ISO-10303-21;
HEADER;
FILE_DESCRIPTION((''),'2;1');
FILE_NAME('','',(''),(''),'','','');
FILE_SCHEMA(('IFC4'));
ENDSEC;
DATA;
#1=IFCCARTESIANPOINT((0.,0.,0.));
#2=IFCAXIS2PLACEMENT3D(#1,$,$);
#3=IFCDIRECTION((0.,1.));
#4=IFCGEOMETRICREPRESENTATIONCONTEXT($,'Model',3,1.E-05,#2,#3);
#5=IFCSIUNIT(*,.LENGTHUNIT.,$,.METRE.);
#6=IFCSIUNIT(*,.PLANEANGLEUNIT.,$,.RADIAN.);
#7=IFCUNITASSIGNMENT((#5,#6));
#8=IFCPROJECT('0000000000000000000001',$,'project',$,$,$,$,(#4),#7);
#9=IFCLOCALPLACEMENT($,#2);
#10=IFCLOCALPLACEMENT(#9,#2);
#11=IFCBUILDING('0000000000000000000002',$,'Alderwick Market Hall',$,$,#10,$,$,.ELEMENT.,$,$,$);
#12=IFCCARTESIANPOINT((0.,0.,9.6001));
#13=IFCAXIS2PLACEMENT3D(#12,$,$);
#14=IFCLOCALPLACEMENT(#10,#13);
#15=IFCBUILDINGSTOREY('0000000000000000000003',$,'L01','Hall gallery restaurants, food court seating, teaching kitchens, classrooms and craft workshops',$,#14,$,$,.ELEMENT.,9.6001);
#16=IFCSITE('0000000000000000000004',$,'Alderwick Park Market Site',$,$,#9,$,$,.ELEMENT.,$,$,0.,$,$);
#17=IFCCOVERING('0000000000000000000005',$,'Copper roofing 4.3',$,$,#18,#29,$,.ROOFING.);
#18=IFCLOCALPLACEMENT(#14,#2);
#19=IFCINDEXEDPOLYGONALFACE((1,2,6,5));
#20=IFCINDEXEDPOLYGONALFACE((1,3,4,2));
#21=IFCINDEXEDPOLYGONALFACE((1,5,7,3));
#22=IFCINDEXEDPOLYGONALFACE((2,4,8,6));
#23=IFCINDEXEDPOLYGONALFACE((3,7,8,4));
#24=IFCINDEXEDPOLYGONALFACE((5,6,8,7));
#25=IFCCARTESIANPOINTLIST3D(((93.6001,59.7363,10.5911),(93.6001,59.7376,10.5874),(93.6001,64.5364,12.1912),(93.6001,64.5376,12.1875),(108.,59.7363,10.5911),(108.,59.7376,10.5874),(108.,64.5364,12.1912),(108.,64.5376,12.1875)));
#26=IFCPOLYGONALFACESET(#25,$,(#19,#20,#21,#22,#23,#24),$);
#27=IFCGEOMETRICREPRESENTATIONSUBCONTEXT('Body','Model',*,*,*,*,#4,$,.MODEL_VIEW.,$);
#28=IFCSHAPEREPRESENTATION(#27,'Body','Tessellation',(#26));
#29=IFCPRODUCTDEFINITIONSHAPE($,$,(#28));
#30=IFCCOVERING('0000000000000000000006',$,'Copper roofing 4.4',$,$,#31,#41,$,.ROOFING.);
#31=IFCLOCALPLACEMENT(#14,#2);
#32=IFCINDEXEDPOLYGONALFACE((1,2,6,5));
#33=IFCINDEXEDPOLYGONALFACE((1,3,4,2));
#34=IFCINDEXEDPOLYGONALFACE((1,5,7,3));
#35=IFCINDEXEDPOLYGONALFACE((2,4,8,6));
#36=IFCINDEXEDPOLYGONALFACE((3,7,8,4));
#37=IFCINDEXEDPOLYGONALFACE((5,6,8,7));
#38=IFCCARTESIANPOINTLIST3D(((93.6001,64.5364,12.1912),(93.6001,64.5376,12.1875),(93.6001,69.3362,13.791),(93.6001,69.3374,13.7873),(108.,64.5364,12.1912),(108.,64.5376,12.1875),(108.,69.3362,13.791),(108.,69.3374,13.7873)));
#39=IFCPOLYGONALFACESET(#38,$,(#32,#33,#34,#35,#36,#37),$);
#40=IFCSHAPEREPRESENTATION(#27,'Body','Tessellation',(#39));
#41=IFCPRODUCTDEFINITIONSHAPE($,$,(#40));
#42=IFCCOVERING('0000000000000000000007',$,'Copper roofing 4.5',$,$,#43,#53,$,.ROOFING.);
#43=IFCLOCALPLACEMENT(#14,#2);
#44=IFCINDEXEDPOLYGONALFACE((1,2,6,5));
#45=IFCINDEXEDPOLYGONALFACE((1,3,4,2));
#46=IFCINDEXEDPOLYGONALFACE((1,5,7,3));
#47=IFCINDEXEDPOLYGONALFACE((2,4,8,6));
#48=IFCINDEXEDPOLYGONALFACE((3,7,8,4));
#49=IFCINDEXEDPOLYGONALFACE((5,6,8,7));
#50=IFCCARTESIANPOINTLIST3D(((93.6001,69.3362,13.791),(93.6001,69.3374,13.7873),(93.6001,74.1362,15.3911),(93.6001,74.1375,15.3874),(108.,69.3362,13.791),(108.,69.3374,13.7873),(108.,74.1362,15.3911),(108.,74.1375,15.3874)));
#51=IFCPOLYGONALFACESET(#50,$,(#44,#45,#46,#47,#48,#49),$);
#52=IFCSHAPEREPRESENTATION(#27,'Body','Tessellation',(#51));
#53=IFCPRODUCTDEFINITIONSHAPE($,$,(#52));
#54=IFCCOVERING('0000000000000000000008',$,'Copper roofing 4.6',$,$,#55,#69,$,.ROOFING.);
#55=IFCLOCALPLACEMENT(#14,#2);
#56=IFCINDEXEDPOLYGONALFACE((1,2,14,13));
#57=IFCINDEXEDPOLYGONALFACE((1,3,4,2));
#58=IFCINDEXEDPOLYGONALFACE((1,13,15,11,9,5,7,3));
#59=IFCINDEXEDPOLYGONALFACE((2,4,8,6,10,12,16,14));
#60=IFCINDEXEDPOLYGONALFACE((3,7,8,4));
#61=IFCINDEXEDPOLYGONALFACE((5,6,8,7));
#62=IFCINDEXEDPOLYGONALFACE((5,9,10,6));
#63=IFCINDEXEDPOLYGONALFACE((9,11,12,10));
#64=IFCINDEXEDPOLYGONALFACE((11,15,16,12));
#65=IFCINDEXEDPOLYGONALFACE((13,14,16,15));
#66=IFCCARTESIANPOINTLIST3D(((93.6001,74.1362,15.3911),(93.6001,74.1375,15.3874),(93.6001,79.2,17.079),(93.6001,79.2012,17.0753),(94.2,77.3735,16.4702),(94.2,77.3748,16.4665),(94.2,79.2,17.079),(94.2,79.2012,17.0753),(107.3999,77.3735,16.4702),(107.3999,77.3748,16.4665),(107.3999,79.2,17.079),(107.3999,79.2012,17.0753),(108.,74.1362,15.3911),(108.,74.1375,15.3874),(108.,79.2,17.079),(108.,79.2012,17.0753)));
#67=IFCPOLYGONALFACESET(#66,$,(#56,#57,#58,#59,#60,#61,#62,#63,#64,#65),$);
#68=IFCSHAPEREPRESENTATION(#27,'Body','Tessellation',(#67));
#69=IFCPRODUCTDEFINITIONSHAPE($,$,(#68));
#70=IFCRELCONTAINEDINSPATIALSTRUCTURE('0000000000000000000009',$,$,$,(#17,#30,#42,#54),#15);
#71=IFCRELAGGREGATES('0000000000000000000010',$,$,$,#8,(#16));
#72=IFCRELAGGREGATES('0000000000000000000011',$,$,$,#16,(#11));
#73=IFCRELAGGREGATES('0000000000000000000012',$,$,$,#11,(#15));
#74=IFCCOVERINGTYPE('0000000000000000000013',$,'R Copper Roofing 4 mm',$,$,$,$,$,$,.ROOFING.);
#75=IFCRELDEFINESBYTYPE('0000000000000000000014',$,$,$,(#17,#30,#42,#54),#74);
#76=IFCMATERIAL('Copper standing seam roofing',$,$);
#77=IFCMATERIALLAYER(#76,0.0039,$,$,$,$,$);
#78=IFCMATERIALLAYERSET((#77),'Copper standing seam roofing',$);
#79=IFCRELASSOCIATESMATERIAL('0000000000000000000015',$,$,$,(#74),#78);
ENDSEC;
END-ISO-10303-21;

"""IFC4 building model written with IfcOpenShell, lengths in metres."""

from ifc_helpers import new_model, si_unit, direction, frame, origin, place, context, subcontext, project, spatial, polyline, outline, extrude, material, layer, layer_set, type_object, element, save


model = new_model("IFC4")

# Units and contexts
model_context = context("Model", 3, precision=1e-05, world=origin(), true_north=direction((0.0, 1.0)))
body_context = subcontext(model_context, "Body", "Model", "MODEL_VIEW")
ifc_project = project(units=[si_unit("LENGTHUNIT", "METRE"), si_unit("PLANEANGLEUNIT", "RADIAN")], contexts=[model_context])

# Site, building, storey
site_placement = place(None, origin())
site = spatial("IfcSite", under=ifc_project, at=site_placement, Name="Alderwick Park Market Site", CompositionType="ELEMENT", RefElevation=0.0)
building_placement = place(site_placement, origin())
building = spatial("IfcBuilding", under=site, at=building_placement, Name="Alderwick Market Hall", CompositionType="ELEMENT")
storey_placement = place(building_placement, frame((0.0, 0.0, 9.6001)))
storey = spatial("IfcBuildingStorey", under=building, at=storey_placement, Name="L01", Description="Hall gallery restaurants, food court seating, teaching kitchens, classrooms and craft workshops", CompositionType="ELEMENT", Elevation=9.6001)

# Coverings
ifc_material_1 = material(Name="Copper standing seam roofing")
ifc_layer_1 = layer(ifc_material_1, 0.0039)
ifc_layer_set_1 = layer_set([ifc_layer_1], Name="Copper standing seam roofing")
covering_type = type_object("IfcCoveringType", Name="R Copper Roofing 4 mm", PredefinedType="ROOFING", material=ifc_layer_set_1)
covering_1_placement = place(storey_placement, frame((93.6001, 59.7363, 10.5911), z_axis=(0.0, -0.316242, 0.948678), x_axis=(1.0, 0.0, 0.0)))
element("IfcCovering", 1, at=covering_1_placement, inside=storey, type_object=covering_type, Name="Copper roofing 4.3", PredefinedType="ROOFING", context=body_context, shape_type="SweptSolid", body=[
    extrude(outline(polyline([(0.0, 0.0), (14.3999, 0.0), (14.3999, 5.0597), (0.0, 5.0597), (0.0, 0.0)])), origin(), (0.0, 0.0, -1.0), 0.0039),
])
covering_2_placement = place(storey_placement, frame((93.6001, 64.5364, 12.1912), z_axis=(0.0, -0.316213, 0.948688), x_axis=(1.0, 0.0, 0.0)))
element("IfcCovering", 2, at=covering_2_placement, inside=storey, type_object=covering_type, Name="Copper roofing 4.4", PredefinedType="ROOFING", context=body_context, shape_type="SweptSolid", body=[
    extrude(outline(polyline([(0.0, 0.0), (14.3999, 0.0), (14.3999, 5.0594), (0.0, 5.0594), (0.0, 0.0)])), origin(), (0.0, 0.0, -1.0), 0.0039),
])
covering_3_placement = place(storey_placement, frame((93.6001, 69.3362, 13.791), z_axis=(0.0, -0.316242, 0.948678), x_axis=(1.0, 0.0, 0.0)))
element("IfcCovering", 3, at=covering_3_placement, inside=storey, type_object=covering_type, Name="Copper roofing 4.5", PredefinedType="ROOFING", context=body_context, shape_type="SweptSolid", body=[
    extrude(outline(polyline([(0.0, 0.0), (14.3999, 0.0), (14.3999, 5.0597), (0.0, 5.0597), (0.0, 0.0)])), origin(), (0.0, 0.0, -1.0), 0.0039),
])
covering_4_placement = place(storey_placement, frame((93.6001, 74.1362, 15.3911), z_axis=(0.0, -0.316229, 0.948683), x_axis=(1.0, 0.0, 0.0)))
element("IfcCovering", 4, at=covering_4_placement, inside=storey, type_object=covering_type, Name="Copper roofing 4.6", PredefinedType="ROOFING", context=body_context, shape_type="SweptSolid", body=[
    extrude(outline(polyline([(0.0, 0.0), (14.3999, 0.0), (14.3999, 5.3377), (13.7998, 5.3377), (13.7998, 3.4124), (0.5999, 3.4124), (0.5999, 5.3377), (0.0, 5.3377), (0.0, 0.0)])), origin(), (0.0, 0.0, -1.0), 0.0039),
])

save(model, "model.ifc")
